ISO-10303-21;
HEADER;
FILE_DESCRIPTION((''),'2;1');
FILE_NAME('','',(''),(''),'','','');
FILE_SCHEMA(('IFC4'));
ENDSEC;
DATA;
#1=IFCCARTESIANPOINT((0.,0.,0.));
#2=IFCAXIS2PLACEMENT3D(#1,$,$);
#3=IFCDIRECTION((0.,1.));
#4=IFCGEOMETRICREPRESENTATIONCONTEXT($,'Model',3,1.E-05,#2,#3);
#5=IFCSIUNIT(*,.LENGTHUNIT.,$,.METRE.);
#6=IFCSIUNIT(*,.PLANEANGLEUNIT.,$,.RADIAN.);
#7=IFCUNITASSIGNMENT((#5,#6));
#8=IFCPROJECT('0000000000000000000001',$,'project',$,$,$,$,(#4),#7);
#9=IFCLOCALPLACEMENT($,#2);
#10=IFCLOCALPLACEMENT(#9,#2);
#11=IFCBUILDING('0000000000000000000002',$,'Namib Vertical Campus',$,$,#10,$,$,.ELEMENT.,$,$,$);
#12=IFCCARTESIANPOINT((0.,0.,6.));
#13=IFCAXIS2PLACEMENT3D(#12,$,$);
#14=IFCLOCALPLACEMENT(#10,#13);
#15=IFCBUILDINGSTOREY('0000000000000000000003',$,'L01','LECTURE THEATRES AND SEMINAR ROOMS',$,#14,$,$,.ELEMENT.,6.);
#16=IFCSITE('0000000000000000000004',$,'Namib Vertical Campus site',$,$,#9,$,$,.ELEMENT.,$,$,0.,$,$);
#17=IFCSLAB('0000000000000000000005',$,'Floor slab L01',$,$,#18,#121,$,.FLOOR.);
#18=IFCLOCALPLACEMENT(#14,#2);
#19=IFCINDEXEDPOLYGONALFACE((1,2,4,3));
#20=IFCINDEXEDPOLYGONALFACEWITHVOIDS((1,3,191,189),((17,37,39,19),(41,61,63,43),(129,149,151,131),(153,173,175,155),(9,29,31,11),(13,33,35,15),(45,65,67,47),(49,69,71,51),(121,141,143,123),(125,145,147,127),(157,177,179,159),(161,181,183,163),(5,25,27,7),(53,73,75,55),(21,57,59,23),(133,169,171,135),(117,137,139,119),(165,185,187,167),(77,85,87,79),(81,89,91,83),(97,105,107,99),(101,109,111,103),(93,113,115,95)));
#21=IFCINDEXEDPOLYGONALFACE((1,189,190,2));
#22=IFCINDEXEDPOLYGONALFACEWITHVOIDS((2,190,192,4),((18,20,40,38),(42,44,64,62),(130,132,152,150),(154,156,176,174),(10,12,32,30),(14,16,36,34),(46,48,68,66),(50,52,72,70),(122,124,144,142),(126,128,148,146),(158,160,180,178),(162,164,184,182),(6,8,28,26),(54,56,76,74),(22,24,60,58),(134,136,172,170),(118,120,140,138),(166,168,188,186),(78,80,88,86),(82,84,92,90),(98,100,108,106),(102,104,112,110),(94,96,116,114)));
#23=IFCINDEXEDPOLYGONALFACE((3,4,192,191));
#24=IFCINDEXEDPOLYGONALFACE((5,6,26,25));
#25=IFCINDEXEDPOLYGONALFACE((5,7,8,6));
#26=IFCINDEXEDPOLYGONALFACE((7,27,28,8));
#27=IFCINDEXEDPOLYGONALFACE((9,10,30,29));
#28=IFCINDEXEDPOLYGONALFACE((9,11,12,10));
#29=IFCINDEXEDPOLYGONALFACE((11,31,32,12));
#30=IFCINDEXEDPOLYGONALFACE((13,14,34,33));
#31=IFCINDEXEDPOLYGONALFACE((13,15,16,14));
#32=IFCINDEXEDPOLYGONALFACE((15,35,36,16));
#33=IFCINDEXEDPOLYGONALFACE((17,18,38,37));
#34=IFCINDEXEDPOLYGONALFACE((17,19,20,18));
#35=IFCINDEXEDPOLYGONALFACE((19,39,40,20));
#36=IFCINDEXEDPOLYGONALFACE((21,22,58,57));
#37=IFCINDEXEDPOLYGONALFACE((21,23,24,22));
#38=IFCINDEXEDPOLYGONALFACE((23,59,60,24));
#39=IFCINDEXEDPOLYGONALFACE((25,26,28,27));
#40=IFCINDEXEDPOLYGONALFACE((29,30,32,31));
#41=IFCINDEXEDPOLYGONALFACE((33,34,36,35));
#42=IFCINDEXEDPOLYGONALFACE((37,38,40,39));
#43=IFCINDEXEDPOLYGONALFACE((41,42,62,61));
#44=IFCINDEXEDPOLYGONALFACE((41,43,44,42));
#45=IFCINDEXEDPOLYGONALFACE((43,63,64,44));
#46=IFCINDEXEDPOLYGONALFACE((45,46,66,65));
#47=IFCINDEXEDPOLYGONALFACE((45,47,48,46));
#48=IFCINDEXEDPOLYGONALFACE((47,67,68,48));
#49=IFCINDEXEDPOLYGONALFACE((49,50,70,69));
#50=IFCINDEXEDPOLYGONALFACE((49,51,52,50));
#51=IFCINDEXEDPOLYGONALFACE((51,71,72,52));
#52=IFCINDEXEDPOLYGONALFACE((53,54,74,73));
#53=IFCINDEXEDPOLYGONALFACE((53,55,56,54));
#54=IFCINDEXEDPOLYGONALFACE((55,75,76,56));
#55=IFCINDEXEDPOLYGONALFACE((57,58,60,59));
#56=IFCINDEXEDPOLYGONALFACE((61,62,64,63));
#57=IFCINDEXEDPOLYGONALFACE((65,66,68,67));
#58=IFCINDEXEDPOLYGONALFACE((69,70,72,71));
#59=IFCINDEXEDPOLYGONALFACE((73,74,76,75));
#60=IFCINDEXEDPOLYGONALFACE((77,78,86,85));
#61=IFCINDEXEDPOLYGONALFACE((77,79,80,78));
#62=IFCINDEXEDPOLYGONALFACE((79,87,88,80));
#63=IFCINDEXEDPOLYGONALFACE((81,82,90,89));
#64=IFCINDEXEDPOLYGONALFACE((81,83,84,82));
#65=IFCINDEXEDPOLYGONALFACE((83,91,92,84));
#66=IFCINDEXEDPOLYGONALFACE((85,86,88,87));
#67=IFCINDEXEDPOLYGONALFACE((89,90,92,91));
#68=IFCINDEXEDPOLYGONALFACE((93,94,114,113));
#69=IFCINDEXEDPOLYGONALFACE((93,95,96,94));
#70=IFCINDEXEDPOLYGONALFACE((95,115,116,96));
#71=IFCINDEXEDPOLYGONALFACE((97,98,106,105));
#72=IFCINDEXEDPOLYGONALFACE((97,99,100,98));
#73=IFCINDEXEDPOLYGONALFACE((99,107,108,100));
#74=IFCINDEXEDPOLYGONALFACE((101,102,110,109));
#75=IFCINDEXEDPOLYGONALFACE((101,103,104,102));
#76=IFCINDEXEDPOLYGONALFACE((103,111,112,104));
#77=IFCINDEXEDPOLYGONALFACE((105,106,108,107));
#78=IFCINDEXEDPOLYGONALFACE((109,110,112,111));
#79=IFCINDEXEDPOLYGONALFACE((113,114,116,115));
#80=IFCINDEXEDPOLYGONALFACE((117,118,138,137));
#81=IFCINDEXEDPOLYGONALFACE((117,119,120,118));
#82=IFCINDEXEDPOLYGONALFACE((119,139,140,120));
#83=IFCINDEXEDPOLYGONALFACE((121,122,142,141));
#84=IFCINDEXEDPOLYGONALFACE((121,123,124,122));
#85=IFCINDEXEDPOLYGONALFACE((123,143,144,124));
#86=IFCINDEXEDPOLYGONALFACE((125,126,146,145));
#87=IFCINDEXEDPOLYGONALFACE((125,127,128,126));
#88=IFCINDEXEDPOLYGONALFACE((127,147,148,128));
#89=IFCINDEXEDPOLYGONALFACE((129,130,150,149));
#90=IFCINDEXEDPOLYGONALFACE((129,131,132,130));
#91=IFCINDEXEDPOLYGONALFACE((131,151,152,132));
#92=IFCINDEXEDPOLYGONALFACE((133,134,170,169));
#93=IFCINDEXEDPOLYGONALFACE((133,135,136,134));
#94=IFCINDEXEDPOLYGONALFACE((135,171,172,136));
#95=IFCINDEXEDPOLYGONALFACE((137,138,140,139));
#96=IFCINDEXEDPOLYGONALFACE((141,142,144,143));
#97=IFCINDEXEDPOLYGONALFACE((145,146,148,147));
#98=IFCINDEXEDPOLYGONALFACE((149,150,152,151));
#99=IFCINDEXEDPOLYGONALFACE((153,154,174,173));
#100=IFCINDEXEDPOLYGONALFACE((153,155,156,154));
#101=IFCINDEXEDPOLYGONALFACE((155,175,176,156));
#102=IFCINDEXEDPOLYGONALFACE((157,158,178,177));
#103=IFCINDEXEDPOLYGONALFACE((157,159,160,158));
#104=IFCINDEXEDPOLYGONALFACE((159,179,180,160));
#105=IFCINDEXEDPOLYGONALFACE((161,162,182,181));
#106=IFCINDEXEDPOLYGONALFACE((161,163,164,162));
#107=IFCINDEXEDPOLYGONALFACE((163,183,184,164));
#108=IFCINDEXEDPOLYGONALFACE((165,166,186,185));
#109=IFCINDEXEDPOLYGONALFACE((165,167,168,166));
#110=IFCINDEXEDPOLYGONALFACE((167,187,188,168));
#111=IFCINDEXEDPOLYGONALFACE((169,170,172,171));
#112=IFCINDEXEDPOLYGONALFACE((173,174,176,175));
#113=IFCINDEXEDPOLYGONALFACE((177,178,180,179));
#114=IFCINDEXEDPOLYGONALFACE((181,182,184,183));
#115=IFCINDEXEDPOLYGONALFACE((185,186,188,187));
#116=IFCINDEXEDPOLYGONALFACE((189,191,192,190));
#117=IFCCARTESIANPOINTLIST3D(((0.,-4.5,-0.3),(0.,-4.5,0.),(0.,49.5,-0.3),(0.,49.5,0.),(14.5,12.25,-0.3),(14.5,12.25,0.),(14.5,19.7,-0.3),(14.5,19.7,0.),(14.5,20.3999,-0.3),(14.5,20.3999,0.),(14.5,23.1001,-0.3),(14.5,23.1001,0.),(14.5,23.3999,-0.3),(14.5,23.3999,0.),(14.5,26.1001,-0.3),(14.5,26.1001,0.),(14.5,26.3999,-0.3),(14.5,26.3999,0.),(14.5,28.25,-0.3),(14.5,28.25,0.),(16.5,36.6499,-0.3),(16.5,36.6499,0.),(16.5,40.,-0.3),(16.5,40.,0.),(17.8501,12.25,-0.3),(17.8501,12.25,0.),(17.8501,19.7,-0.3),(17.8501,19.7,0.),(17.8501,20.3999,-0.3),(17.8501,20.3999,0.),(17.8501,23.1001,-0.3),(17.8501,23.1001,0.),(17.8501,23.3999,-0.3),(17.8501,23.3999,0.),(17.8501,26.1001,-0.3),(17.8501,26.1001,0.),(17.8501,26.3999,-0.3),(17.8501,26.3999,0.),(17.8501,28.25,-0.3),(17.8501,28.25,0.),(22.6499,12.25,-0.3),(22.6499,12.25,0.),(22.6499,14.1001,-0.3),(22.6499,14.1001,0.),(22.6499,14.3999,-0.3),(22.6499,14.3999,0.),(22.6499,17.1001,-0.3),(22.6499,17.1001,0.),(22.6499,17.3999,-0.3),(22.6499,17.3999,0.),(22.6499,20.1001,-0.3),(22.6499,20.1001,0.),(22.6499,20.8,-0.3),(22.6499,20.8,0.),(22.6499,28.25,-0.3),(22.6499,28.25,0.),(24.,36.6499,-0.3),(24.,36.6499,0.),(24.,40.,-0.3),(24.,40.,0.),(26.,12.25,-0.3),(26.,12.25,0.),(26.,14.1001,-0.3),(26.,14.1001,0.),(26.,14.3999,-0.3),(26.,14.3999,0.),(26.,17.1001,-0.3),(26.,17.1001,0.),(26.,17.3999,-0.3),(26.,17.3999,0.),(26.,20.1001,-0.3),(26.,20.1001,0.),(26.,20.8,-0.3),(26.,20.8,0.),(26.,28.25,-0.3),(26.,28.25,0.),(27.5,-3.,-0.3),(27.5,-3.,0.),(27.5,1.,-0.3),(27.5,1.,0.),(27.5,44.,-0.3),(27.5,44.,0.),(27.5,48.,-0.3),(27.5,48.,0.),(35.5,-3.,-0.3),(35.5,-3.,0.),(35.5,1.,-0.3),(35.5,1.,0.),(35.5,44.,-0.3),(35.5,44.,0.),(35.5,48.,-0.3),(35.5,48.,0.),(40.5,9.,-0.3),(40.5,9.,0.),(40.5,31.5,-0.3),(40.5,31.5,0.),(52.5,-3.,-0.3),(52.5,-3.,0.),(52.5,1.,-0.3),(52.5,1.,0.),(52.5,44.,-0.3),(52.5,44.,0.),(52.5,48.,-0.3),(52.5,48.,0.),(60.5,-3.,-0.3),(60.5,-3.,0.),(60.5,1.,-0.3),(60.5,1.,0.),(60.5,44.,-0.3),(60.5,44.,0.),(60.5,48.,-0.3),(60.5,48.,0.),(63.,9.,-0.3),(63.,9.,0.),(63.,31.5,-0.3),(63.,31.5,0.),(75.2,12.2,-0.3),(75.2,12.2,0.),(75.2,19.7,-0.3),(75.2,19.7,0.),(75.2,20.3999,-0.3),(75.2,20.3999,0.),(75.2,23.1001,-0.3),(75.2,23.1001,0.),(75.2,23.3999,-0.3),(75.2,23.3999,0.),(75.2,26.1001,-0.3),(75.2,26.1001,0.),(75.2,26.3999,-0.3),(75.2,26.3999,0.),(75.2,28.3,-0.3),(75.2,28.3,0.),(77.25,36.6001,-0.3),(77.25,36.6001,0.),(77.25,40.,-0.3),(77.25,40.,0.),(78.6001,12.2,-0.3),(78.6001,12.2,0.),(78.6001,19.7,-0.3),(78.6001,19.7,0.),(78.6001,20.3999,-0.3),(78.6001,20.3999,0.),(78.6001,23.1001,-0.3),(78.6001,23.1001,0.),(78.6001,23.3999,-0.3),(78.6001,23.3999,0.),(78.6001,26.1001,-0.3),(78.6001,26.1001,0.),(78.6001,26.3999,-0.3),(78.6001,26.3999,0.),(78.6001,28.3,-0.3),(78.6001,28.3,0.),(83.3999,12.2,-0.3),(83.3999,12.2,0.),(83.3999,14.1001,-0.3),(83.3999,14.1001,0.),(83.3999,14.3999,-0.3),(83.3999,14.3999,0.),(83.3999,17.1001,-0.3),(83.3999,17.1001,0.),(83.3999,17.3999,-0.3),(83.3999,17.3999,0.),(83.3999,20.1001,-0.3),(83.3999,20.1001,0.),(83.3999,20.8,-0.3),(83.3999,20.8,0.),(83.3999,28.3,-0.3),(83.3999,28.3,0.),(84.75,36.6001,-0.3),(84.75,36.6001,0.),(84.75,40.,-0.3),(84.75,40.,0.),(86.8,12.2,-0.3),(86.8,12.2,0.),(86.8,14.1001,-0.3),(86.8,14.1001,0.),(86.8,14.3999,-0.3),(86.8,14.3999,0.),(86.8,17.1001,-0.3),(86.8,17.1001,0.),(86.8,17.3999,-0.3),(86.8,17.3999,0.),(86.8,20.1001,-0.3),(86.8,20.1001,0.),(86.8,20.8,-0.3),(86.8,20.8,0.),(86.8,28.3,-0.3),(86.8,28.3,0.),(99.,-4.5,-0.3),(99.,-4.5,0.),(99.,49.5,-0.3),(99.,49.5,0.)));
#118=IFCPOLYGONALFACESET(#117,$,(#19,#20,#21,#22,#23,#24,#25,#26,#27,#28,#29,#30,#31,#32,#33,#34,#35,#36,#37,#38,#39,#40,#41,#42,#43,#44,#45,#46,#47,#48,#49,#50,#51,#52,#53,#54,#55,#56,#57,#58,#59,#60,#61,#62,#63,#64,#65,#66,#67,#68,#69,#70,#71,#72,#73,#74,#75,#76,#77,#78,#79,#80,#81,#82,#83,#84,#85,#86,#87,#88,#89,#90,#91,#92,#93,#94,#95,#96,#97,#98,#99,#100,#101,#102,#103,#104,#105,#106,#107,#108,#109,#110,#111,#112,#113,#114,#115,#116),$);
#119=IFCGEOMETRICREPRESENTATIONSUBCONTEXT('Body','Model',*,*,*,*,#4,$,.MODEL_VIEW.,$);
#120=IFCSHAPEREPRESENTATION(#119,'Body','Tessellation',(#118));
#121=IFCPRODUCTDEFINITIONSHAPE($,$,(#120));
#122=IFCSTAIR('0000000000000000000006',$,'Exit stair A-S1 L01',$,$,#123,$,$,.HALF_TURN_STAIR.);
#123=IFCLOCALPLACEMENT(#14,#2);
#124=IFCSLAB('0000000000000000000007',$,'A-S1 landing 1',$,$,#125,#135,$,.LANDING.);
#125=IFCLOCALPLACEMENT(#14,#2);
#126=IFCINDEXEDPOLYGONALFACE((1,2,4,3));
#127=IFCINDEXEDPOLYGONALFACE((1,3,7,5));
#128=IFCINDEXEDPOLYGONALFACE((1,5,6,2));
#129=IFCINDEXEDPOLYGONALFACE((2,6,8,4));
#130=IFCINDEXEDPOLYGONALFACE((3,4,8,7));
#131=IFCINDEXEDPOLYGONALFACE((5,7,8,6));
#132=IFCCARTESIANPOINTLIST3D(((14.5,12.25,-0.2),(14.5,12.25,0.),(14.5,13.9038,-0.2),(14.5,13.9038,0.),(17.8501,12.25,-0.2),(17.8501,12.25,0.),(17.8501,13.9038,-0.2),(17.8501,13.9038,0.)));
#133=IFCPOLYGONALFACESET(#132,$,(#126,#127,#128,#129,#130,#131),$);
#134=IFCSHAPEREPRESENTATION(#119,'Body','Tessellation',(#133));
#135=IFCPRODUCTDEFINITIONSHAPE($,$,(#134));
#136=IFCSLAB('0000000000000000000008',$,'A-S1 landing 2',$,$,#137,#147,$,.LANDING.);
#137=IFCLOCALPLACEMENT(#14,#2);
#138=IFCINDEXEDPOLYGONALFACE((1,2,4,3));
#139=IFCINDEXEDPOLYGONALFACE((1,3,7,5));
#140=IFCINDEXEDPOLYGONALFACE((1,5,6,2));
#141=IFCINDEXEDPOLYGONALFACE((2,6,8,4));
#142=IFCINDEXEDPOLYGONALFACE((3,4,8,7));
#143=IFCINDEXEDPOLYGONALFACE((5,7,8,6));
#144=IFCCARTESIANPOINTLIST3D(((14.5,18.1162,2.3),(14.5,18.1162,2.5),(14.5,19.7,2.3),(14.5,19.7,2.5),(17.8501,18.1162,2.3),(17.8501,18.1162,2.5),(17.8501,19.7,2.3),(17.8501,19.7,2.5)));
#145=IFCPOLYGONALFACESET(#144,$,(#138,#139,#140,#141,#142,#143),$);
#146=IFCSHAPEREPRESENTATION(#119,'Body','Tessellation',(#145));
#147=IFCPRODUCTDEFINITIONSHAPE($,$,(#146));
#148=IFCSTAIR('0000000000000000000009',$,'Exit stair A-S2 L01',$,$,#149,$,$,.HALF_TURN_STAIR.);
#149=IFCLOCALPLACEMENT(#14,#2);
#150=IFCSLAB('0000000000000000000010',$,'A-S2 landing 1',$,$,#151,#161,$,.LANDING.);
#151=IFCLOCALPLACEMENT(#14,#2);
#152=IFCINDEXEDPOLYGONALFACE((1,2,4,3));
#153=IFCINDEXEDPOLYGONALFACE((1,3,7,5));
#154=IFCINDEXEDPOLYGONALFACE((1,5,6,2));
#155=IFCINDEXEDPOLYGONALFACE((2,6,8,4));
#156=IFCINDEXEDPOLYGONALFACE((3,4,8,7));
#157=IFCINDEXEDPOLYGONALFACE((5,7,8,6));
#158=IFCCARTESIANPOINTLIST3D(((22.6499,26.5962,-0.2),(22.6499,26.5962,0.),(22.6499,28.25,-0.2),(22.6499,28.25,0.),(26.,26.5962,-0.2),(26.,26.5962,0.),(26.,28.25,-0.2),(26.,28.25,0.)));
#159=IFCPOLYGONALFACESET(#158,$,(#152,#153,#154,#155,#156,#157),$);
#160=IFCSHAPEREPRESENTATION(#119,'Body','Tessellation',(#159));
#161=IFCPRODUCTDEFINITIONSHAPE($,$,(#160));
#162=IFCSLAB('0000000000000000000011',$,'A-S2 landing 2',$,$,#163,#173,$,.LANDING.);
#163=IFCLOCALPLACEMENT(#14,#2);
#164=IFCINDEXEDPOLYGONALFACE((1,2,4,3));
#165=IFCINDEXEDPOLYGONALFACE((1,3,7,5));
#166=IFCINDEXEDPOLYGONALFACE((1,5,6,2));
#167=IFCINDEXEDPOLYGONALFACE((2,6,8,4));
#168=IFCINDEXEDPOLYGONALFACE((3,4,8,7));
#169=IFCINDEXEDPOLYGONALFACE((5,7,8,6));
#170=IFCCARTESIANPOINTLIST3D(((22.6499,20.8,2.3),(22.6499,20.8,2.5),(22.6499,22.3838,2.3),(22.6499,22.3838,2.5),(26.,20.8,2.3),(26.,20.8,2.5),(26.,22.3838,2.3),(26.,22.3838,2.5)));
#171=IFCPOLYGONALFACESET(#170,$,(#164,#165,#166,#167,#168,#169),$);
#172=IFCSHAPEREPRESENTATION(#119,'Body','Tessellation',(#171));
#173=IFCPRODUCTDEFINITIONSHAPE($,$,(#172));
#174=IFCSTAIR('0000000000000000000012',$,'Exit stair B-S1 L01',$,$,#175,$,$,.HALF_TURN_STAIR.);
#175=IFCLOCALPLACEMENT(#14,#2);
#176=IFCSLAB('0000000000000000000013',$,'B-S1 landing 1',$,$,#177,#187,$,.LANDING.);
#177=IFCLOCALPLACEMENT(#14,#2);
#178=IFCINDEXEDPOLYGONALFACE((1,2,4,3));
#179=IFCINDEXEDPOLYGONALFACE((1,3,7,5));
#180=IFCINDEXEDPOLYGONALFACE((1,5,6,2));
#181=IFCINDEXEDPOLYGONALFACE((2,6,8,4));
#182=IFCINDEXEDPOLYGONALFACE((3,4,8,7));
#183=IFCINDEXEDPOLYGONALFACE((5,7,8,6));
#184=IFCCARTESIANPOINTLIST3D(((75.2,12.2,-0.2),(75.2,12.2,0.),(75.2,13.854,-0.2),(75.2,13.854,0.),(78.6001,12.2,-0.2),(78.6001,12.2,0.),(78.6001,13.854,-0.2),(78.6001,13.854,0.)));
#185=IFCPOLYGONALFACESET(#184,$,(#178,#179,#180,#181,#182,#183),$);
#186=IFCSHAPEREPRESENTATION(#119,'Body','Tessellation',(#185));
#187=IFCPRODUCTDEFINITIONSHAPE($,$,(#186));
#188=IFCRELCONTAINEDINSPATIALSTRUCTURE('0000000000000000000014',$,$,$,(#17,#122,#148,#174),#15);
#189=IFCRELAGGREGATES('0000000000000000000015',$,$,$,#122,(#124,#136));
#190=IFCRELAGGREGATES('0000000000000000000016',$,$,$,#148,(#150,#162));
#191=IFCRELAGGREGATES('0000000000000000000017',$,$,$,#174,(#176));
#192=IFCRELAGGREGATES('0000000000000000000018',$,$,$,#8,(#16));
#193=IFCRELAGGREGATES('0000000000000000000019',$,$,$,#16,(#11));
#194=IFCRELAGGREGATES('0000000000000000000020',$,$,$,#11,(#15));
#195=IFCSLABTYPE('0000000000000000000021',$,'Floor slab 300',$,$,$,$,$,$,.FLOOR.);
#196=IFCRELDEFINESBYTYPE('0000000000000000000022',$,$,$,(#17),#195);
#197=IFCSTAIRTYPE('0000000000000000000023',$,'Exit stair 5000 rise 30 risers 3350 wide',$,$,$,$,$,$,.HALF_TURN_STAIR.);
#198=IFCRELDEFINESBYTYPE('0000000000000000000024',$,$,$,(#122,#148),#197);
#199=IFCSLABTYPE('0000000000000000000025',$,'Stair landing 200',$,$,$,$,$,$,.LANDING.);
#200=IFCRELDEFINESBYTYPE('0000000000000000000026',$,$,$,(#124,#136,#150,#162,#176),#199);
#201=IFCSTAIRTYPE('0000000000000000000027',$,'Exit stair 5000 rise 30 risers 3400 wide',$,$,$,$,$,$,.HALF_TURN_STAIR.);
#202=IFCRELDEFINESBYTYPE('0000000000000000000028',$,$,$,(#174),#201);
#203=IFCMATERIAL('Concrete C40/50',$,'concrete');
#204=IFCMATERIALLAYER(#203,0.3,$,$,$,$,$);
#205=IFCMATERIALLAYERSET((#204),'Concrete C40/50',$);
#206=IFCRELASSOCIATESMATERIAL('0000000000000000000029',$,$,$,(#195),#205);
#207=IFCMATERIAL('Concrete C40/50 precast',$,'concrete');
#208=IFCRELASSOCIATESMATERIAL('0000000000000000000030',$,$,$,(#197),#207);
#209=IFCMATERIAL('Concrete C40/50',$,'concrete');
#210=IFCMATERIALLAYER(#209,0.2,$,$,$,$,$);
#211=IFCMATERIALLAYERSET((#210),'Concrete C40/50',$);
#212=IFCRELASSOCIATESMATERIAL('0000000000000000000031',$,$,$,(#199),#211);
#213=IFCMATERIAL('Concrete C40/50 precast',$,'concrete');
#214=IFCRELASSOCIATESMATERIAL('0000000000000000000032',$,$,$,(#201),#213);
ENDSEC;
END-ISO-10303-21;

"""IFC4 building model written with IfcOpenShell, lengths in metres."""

from ifc_helpers import new_model, si_unit, direction, frame, origin, place, context, subcontext, project, spatial, polyline, outline, extrude, material, layer, layer_set, type_object, element, aggregate, save


model = new_model("IFC4")

# Units and contexts
model_context = context("Model", 3, precision=1e-05, world=origin(), true_north=direction((0.0, 1.0)))
body_context = subcontext(model_context, "Body", "Model", "MODEL_VIEW")
ifc_project = project(units=[si_unit("LENGTHUNIT", "METRE"), si_unit("PLANEANGLEUNIT", "RADIAN")], contexts=[model_context])

# Site, building, storey
site_placement = place(None, origin())
site = spatial("IfcSite", under=ifc_project, at=site_placement, Name="Namib Vertical Campus site", CompositionType="ELEMENT", RefElevation=0.0)
building_placement = place(site_placement, origin())
building = spatial("IfcBuilding", under=site, at=building_placement, Name="Namib Vertical Campus", CompositionType="ELEMENT")
storey_placement = place(building_placement, frame((0.0, 0.0, 6.0)))
storey = spatial("IfcBuildingStorey", under=building, at=storey_placement, Name="L01", Description="LECTURE THEATRES AND SEMINAR ROOMS", CompositionType="ELEMENT", Elevation=6.0)

# Slab
ifc_material_1 = material(Name="Concrete C40/50", Category="concrete")
ifc_layer_1 = layer(ifc_material_1, 0.3)
ifc_layer_set_1 = layer_set([ifc_layer_1], Name="Concrete C40/50")
slab_type_1 = type_object("IfcSlabType", Name="Floor slab 300", PredefinedType="FLOOR", material=ifc_layer_set_1)
slab_1_placement = place(storey_placement, frame((0.0, 0.0, -0.3)))
element("IfcSlab", 1, at=slab_1_placement, inside=storey, type_object=slab_type_1, Name="Floor slab L01", PredefinedType="FLOOR", context=body_context, shape_type="SweptSolid", body=[
    extrude(outline(polyline([(0.0, -4.5), (99.0, -4.5), (99.0, 49.5), (0.0, 49.5), (0.0, -4.5)]), holes=[polyline([(86.8, 20.8), (83.3999, 20.8), (83.3999, 28.3), (86.8, 28.3), (86.8, 20.8)]), polyline([(86.8, 17.3999), (83.3999, 17.3999), (83.3999, 20.1001), (86.8, 20.1001), (86.8, 17.3999)]), polyline([(86.8, 17.1001), (86.8, 14.3999), (83.3999, 14.3999), (83.3999, 17.1001), (86.8, 17.1001)]), polyline([(86.8, 12.2), (83.3999, 12.2), (83.3999, 14.1001), (86.8, 14.1001), (86.8, 12.2)]), polyline([(84.75, 36.6001), (77.25, 36.6001), (77.25, 40.0), (84.75, 40.0), (84.75, 36.6001)]), polyline([(78.6001, 28.3), (78.6001, 26.3999), (75.2, 26.3999), (75.2, 28.3), (78.6001, 28.3)]), polyline([(78.6001, 23.3999), (75.2, 23.3999), (75.2, 26.1001), (78.6001, 26.1001), (78.6001, 23.3999)]), polyline([(78.6001, 23.1001), (78.6001, 20.3999), (75.2, 20.3999), (75.2, 23.1001), (78.6001, 23.1001)]), polyline([(78.6001, 12.2), (75.2, 12.2), (75.2, 19.7), (78.6001, 19.7), (78.6001, 12.2)]), polyline([(63.0, 31.5), (63.0, 9.0), (40.5, 9.0), (40.5, 31.5), (63.0, 31.5)]), polyline([(60.5, -3.0), (52.5, -3.0), (52.5, 1.0), (60.5, 1.0), (60.5, -3.0)]), polyline([(60.5, 44.0), (52.5, 44.0), (52.5, 48.0), (60.5, 48.0), (60.5, 44.0)]), polyline([(35.5, 48.0), (35.5, 44.0), (27.5, 44.0), (27.5, 48.0), (35.5, 48.0)]), polyline([(35.5, 1.0), (35.5, -3.0), (27.5, -3.0), (27.5, 1.0), (35.5, 1.0)]), polyline([(26.0, 20.8), (22.6499, 20.8), (22.6499, 28.25), (26.0, 28.25), (26.0, 20.8)]), polyline([(26.0, 17.3999), (22.6499, 17.3999), (22.6499, 20.1001), (26.0, 20.1001), (26.0, 17.3999)]), polyline([(26.0, 17.1001), (26.0, 14.3999), (22.6499, 14.3999), (22.6499, 17.1001), (26.0, 17.1001)]), polyline([(26.0, 14.1001), (26.0, 12.25), (22.6499, 12.25), (22.6499, 14.1001), (26.0, 14.1001)]), polyline([(24.0, 36.6499), (16.5, 36.6499), (16.5, 40.0), (24.0, 40.0), (24.0, 36.6499)]), polyline([(17.8501, 26.3999), (14.5, 26.3999), (14.5, 28.25), (17.8501, 28.25), (17.8501, 26.3999)]), polyline([(17.8501, 26.1001), (17.8501, 23.3999), (14.5, 23.3999), (14.5, 26.1001), (17.8501, 26.1001)]), polyline([(17.8501, 20.3999), (14.5, 20.3999), (14.5, 23.1001), (17.8501, 23.1001), (17.8501, 20.3999)]), polyline([(17.8501, 12.25), (14.5, 12.25), (14.5, 19.7), (17.8501, 19.7), (17.8501, 12.25)])]), origin(), (0.0, 0.0, 1.0), 0.3),
])

# Stairs, slabs
ifc_material_2 = material(Name="Concrete C40/50 precast", Category="concrete")
stair_type_1 = type_object("IfcStairType", Name="Exit stair 5000 rise 30 risers 3350 wide", PredefinedType="HALF_TURN_STAIR", material=ifc_material_2)
stair_1_placement = place(storey_placement, origin())
stair_1 = element("IfcStair", 2, at=stair_1_placement, inside=storey, type_object=stair_type_1, Name="Exit stair A-S1 L01", PredefinedType="HALF_TURN_STAIR")
ifc_material_3 = material(Name="Concrete C40/50", Category="concrete")
ifc_layer_2 = layer(ifc_material_3, 0.2)
ifc_layer_set_2 = layer_set([ifc_layer_2], Name="Concrete C40/50")
slab_type_2 = type_object("IfcSlabType", Name="Stair landing 200", PredefinedType="LANDING", material=ifc_layer_set_2)
slab_2_placement = place(storey_placement, frame((0.0, 0.0, -0.2)))
slab_2 = element("IfcSlab", 3, at=slab_2_placement, type_object=slab_type_2, Name="A-S1 landing 1", PredefinedType="LANDING", context=body_context, shape_type="SweptSolid", body=[
    extrude(outline(polyline([(14.5, 12.25), (17.8501, 12.25), (17.8501, 13.9038), (14.5, 13.9038), (14.5, 12.25)])), origin(), (0.0, 0.0, 1.0), 0.2),
])
slab_3_placement = place(storey_placement, frame((0.0, 0.0, 2.3)))
slab_3 = element("IfcSlab", 4, at=slab_3_placement, type_object=slab_type_2, Name="A-S1 landing 2", PredefinedType="LANDING", context=body_context, shape_type="SweptSolid", body=[
    extrude(outline(polyline([(14.5, 18.1162), (17.8501, 18.1162), (17.8501, 19.7), (14.5, 19.7), (14.5, 18.1162)])), origin(), (0.0, 0.0, 1.0), 0.2),
])
aggregate(stair_1, [slab_2, slab_3])
stair_2_placement = place(storey_placement, origin())
stair_2 = element("IfcStair", 5, at=stair_2_placement, inside=storey, type_object=stair_type_1, Name="Exit stair A-S2 L01", PredefinedType="HALF_TURN_STAIR")
slab_4_placement = place(storey_placement, frame((0.0, 0.0, -0.2)))
slab_4 = element("IfcSlab", 6, at=slab_4_placement, type_object=slab_type_2, Name="A-S2 landing 1", PredefinedType="LANDING", context=body_context, shape_type="SweptSolid", body=[
    extrude(outline(polyline([(22.6499, 26.5962), (26.0, 26.5962), (26.0, 28.25), (22.6499, 28.25), (22.6499, 26.5962)])), origin(), (0.0, 0.0, 1.0), 0.2),
])
slab_5_placement = place(storey_placement, frame((0.0, 0.0, 2.3)))
slab_5 = element("IfcSlab", 7, at=slab_5_placement, type_object=slab_type_2, Name="A-S2 landing 2", PredefinedType="LANDING", context=body_context, shape_type="SweptSolid", body=[
    extrude(outline(polyline([(22.6499, 20.8), (26.0, 20.8), (26.0, 22.3838), (22.6499, 22.3838), (22.6499, 20.8)])), origin(), (0.0, 0.0, 1.0), 0.2),
])
aggregate(stair_2, [slab_4, slab_5])
ifc_material_4 = material(Name="Concrete C40/50 precast", Category="concrete")
stair_type_2 = type_object("IfcStairType", Name="Exit stair 5000 rise 30 risers 3400 wide", PredefinedType="HALF_TURN_STAIR", material=ifc_material_4)
stair_3_placement = place(storey_placement, origin())
stair_3 = element("IfcStair", 8, at=stair_3_placement, inside=storey, type_object=stair_type_2, Name="Exit stair B-S1 L01", PredefinedType="HALF_TURN_STAIR")
slab_6_placement = place(storey_placement, frame((0.0, 0.0, -0.2)))
slab_6 = element("IfcSlab", 9, at=slab_6_placement, type_object=slab_type_2, Name="B-S1 landing 1", PredefinedType="LANDING", context=body_context, shape_type="SweptSolid", body=[
    extrude(outline(polyline([(75.2, 12.2), (78.6001, 12.2), (78.6001, 13.854), (75.2, 13.854), (75.2, 12.2)])), origin(), (0.0, 0.0, 1.0), 0.2),
])
aggregate(stair_3, [slab_6])

save(model, "model.ifc")
